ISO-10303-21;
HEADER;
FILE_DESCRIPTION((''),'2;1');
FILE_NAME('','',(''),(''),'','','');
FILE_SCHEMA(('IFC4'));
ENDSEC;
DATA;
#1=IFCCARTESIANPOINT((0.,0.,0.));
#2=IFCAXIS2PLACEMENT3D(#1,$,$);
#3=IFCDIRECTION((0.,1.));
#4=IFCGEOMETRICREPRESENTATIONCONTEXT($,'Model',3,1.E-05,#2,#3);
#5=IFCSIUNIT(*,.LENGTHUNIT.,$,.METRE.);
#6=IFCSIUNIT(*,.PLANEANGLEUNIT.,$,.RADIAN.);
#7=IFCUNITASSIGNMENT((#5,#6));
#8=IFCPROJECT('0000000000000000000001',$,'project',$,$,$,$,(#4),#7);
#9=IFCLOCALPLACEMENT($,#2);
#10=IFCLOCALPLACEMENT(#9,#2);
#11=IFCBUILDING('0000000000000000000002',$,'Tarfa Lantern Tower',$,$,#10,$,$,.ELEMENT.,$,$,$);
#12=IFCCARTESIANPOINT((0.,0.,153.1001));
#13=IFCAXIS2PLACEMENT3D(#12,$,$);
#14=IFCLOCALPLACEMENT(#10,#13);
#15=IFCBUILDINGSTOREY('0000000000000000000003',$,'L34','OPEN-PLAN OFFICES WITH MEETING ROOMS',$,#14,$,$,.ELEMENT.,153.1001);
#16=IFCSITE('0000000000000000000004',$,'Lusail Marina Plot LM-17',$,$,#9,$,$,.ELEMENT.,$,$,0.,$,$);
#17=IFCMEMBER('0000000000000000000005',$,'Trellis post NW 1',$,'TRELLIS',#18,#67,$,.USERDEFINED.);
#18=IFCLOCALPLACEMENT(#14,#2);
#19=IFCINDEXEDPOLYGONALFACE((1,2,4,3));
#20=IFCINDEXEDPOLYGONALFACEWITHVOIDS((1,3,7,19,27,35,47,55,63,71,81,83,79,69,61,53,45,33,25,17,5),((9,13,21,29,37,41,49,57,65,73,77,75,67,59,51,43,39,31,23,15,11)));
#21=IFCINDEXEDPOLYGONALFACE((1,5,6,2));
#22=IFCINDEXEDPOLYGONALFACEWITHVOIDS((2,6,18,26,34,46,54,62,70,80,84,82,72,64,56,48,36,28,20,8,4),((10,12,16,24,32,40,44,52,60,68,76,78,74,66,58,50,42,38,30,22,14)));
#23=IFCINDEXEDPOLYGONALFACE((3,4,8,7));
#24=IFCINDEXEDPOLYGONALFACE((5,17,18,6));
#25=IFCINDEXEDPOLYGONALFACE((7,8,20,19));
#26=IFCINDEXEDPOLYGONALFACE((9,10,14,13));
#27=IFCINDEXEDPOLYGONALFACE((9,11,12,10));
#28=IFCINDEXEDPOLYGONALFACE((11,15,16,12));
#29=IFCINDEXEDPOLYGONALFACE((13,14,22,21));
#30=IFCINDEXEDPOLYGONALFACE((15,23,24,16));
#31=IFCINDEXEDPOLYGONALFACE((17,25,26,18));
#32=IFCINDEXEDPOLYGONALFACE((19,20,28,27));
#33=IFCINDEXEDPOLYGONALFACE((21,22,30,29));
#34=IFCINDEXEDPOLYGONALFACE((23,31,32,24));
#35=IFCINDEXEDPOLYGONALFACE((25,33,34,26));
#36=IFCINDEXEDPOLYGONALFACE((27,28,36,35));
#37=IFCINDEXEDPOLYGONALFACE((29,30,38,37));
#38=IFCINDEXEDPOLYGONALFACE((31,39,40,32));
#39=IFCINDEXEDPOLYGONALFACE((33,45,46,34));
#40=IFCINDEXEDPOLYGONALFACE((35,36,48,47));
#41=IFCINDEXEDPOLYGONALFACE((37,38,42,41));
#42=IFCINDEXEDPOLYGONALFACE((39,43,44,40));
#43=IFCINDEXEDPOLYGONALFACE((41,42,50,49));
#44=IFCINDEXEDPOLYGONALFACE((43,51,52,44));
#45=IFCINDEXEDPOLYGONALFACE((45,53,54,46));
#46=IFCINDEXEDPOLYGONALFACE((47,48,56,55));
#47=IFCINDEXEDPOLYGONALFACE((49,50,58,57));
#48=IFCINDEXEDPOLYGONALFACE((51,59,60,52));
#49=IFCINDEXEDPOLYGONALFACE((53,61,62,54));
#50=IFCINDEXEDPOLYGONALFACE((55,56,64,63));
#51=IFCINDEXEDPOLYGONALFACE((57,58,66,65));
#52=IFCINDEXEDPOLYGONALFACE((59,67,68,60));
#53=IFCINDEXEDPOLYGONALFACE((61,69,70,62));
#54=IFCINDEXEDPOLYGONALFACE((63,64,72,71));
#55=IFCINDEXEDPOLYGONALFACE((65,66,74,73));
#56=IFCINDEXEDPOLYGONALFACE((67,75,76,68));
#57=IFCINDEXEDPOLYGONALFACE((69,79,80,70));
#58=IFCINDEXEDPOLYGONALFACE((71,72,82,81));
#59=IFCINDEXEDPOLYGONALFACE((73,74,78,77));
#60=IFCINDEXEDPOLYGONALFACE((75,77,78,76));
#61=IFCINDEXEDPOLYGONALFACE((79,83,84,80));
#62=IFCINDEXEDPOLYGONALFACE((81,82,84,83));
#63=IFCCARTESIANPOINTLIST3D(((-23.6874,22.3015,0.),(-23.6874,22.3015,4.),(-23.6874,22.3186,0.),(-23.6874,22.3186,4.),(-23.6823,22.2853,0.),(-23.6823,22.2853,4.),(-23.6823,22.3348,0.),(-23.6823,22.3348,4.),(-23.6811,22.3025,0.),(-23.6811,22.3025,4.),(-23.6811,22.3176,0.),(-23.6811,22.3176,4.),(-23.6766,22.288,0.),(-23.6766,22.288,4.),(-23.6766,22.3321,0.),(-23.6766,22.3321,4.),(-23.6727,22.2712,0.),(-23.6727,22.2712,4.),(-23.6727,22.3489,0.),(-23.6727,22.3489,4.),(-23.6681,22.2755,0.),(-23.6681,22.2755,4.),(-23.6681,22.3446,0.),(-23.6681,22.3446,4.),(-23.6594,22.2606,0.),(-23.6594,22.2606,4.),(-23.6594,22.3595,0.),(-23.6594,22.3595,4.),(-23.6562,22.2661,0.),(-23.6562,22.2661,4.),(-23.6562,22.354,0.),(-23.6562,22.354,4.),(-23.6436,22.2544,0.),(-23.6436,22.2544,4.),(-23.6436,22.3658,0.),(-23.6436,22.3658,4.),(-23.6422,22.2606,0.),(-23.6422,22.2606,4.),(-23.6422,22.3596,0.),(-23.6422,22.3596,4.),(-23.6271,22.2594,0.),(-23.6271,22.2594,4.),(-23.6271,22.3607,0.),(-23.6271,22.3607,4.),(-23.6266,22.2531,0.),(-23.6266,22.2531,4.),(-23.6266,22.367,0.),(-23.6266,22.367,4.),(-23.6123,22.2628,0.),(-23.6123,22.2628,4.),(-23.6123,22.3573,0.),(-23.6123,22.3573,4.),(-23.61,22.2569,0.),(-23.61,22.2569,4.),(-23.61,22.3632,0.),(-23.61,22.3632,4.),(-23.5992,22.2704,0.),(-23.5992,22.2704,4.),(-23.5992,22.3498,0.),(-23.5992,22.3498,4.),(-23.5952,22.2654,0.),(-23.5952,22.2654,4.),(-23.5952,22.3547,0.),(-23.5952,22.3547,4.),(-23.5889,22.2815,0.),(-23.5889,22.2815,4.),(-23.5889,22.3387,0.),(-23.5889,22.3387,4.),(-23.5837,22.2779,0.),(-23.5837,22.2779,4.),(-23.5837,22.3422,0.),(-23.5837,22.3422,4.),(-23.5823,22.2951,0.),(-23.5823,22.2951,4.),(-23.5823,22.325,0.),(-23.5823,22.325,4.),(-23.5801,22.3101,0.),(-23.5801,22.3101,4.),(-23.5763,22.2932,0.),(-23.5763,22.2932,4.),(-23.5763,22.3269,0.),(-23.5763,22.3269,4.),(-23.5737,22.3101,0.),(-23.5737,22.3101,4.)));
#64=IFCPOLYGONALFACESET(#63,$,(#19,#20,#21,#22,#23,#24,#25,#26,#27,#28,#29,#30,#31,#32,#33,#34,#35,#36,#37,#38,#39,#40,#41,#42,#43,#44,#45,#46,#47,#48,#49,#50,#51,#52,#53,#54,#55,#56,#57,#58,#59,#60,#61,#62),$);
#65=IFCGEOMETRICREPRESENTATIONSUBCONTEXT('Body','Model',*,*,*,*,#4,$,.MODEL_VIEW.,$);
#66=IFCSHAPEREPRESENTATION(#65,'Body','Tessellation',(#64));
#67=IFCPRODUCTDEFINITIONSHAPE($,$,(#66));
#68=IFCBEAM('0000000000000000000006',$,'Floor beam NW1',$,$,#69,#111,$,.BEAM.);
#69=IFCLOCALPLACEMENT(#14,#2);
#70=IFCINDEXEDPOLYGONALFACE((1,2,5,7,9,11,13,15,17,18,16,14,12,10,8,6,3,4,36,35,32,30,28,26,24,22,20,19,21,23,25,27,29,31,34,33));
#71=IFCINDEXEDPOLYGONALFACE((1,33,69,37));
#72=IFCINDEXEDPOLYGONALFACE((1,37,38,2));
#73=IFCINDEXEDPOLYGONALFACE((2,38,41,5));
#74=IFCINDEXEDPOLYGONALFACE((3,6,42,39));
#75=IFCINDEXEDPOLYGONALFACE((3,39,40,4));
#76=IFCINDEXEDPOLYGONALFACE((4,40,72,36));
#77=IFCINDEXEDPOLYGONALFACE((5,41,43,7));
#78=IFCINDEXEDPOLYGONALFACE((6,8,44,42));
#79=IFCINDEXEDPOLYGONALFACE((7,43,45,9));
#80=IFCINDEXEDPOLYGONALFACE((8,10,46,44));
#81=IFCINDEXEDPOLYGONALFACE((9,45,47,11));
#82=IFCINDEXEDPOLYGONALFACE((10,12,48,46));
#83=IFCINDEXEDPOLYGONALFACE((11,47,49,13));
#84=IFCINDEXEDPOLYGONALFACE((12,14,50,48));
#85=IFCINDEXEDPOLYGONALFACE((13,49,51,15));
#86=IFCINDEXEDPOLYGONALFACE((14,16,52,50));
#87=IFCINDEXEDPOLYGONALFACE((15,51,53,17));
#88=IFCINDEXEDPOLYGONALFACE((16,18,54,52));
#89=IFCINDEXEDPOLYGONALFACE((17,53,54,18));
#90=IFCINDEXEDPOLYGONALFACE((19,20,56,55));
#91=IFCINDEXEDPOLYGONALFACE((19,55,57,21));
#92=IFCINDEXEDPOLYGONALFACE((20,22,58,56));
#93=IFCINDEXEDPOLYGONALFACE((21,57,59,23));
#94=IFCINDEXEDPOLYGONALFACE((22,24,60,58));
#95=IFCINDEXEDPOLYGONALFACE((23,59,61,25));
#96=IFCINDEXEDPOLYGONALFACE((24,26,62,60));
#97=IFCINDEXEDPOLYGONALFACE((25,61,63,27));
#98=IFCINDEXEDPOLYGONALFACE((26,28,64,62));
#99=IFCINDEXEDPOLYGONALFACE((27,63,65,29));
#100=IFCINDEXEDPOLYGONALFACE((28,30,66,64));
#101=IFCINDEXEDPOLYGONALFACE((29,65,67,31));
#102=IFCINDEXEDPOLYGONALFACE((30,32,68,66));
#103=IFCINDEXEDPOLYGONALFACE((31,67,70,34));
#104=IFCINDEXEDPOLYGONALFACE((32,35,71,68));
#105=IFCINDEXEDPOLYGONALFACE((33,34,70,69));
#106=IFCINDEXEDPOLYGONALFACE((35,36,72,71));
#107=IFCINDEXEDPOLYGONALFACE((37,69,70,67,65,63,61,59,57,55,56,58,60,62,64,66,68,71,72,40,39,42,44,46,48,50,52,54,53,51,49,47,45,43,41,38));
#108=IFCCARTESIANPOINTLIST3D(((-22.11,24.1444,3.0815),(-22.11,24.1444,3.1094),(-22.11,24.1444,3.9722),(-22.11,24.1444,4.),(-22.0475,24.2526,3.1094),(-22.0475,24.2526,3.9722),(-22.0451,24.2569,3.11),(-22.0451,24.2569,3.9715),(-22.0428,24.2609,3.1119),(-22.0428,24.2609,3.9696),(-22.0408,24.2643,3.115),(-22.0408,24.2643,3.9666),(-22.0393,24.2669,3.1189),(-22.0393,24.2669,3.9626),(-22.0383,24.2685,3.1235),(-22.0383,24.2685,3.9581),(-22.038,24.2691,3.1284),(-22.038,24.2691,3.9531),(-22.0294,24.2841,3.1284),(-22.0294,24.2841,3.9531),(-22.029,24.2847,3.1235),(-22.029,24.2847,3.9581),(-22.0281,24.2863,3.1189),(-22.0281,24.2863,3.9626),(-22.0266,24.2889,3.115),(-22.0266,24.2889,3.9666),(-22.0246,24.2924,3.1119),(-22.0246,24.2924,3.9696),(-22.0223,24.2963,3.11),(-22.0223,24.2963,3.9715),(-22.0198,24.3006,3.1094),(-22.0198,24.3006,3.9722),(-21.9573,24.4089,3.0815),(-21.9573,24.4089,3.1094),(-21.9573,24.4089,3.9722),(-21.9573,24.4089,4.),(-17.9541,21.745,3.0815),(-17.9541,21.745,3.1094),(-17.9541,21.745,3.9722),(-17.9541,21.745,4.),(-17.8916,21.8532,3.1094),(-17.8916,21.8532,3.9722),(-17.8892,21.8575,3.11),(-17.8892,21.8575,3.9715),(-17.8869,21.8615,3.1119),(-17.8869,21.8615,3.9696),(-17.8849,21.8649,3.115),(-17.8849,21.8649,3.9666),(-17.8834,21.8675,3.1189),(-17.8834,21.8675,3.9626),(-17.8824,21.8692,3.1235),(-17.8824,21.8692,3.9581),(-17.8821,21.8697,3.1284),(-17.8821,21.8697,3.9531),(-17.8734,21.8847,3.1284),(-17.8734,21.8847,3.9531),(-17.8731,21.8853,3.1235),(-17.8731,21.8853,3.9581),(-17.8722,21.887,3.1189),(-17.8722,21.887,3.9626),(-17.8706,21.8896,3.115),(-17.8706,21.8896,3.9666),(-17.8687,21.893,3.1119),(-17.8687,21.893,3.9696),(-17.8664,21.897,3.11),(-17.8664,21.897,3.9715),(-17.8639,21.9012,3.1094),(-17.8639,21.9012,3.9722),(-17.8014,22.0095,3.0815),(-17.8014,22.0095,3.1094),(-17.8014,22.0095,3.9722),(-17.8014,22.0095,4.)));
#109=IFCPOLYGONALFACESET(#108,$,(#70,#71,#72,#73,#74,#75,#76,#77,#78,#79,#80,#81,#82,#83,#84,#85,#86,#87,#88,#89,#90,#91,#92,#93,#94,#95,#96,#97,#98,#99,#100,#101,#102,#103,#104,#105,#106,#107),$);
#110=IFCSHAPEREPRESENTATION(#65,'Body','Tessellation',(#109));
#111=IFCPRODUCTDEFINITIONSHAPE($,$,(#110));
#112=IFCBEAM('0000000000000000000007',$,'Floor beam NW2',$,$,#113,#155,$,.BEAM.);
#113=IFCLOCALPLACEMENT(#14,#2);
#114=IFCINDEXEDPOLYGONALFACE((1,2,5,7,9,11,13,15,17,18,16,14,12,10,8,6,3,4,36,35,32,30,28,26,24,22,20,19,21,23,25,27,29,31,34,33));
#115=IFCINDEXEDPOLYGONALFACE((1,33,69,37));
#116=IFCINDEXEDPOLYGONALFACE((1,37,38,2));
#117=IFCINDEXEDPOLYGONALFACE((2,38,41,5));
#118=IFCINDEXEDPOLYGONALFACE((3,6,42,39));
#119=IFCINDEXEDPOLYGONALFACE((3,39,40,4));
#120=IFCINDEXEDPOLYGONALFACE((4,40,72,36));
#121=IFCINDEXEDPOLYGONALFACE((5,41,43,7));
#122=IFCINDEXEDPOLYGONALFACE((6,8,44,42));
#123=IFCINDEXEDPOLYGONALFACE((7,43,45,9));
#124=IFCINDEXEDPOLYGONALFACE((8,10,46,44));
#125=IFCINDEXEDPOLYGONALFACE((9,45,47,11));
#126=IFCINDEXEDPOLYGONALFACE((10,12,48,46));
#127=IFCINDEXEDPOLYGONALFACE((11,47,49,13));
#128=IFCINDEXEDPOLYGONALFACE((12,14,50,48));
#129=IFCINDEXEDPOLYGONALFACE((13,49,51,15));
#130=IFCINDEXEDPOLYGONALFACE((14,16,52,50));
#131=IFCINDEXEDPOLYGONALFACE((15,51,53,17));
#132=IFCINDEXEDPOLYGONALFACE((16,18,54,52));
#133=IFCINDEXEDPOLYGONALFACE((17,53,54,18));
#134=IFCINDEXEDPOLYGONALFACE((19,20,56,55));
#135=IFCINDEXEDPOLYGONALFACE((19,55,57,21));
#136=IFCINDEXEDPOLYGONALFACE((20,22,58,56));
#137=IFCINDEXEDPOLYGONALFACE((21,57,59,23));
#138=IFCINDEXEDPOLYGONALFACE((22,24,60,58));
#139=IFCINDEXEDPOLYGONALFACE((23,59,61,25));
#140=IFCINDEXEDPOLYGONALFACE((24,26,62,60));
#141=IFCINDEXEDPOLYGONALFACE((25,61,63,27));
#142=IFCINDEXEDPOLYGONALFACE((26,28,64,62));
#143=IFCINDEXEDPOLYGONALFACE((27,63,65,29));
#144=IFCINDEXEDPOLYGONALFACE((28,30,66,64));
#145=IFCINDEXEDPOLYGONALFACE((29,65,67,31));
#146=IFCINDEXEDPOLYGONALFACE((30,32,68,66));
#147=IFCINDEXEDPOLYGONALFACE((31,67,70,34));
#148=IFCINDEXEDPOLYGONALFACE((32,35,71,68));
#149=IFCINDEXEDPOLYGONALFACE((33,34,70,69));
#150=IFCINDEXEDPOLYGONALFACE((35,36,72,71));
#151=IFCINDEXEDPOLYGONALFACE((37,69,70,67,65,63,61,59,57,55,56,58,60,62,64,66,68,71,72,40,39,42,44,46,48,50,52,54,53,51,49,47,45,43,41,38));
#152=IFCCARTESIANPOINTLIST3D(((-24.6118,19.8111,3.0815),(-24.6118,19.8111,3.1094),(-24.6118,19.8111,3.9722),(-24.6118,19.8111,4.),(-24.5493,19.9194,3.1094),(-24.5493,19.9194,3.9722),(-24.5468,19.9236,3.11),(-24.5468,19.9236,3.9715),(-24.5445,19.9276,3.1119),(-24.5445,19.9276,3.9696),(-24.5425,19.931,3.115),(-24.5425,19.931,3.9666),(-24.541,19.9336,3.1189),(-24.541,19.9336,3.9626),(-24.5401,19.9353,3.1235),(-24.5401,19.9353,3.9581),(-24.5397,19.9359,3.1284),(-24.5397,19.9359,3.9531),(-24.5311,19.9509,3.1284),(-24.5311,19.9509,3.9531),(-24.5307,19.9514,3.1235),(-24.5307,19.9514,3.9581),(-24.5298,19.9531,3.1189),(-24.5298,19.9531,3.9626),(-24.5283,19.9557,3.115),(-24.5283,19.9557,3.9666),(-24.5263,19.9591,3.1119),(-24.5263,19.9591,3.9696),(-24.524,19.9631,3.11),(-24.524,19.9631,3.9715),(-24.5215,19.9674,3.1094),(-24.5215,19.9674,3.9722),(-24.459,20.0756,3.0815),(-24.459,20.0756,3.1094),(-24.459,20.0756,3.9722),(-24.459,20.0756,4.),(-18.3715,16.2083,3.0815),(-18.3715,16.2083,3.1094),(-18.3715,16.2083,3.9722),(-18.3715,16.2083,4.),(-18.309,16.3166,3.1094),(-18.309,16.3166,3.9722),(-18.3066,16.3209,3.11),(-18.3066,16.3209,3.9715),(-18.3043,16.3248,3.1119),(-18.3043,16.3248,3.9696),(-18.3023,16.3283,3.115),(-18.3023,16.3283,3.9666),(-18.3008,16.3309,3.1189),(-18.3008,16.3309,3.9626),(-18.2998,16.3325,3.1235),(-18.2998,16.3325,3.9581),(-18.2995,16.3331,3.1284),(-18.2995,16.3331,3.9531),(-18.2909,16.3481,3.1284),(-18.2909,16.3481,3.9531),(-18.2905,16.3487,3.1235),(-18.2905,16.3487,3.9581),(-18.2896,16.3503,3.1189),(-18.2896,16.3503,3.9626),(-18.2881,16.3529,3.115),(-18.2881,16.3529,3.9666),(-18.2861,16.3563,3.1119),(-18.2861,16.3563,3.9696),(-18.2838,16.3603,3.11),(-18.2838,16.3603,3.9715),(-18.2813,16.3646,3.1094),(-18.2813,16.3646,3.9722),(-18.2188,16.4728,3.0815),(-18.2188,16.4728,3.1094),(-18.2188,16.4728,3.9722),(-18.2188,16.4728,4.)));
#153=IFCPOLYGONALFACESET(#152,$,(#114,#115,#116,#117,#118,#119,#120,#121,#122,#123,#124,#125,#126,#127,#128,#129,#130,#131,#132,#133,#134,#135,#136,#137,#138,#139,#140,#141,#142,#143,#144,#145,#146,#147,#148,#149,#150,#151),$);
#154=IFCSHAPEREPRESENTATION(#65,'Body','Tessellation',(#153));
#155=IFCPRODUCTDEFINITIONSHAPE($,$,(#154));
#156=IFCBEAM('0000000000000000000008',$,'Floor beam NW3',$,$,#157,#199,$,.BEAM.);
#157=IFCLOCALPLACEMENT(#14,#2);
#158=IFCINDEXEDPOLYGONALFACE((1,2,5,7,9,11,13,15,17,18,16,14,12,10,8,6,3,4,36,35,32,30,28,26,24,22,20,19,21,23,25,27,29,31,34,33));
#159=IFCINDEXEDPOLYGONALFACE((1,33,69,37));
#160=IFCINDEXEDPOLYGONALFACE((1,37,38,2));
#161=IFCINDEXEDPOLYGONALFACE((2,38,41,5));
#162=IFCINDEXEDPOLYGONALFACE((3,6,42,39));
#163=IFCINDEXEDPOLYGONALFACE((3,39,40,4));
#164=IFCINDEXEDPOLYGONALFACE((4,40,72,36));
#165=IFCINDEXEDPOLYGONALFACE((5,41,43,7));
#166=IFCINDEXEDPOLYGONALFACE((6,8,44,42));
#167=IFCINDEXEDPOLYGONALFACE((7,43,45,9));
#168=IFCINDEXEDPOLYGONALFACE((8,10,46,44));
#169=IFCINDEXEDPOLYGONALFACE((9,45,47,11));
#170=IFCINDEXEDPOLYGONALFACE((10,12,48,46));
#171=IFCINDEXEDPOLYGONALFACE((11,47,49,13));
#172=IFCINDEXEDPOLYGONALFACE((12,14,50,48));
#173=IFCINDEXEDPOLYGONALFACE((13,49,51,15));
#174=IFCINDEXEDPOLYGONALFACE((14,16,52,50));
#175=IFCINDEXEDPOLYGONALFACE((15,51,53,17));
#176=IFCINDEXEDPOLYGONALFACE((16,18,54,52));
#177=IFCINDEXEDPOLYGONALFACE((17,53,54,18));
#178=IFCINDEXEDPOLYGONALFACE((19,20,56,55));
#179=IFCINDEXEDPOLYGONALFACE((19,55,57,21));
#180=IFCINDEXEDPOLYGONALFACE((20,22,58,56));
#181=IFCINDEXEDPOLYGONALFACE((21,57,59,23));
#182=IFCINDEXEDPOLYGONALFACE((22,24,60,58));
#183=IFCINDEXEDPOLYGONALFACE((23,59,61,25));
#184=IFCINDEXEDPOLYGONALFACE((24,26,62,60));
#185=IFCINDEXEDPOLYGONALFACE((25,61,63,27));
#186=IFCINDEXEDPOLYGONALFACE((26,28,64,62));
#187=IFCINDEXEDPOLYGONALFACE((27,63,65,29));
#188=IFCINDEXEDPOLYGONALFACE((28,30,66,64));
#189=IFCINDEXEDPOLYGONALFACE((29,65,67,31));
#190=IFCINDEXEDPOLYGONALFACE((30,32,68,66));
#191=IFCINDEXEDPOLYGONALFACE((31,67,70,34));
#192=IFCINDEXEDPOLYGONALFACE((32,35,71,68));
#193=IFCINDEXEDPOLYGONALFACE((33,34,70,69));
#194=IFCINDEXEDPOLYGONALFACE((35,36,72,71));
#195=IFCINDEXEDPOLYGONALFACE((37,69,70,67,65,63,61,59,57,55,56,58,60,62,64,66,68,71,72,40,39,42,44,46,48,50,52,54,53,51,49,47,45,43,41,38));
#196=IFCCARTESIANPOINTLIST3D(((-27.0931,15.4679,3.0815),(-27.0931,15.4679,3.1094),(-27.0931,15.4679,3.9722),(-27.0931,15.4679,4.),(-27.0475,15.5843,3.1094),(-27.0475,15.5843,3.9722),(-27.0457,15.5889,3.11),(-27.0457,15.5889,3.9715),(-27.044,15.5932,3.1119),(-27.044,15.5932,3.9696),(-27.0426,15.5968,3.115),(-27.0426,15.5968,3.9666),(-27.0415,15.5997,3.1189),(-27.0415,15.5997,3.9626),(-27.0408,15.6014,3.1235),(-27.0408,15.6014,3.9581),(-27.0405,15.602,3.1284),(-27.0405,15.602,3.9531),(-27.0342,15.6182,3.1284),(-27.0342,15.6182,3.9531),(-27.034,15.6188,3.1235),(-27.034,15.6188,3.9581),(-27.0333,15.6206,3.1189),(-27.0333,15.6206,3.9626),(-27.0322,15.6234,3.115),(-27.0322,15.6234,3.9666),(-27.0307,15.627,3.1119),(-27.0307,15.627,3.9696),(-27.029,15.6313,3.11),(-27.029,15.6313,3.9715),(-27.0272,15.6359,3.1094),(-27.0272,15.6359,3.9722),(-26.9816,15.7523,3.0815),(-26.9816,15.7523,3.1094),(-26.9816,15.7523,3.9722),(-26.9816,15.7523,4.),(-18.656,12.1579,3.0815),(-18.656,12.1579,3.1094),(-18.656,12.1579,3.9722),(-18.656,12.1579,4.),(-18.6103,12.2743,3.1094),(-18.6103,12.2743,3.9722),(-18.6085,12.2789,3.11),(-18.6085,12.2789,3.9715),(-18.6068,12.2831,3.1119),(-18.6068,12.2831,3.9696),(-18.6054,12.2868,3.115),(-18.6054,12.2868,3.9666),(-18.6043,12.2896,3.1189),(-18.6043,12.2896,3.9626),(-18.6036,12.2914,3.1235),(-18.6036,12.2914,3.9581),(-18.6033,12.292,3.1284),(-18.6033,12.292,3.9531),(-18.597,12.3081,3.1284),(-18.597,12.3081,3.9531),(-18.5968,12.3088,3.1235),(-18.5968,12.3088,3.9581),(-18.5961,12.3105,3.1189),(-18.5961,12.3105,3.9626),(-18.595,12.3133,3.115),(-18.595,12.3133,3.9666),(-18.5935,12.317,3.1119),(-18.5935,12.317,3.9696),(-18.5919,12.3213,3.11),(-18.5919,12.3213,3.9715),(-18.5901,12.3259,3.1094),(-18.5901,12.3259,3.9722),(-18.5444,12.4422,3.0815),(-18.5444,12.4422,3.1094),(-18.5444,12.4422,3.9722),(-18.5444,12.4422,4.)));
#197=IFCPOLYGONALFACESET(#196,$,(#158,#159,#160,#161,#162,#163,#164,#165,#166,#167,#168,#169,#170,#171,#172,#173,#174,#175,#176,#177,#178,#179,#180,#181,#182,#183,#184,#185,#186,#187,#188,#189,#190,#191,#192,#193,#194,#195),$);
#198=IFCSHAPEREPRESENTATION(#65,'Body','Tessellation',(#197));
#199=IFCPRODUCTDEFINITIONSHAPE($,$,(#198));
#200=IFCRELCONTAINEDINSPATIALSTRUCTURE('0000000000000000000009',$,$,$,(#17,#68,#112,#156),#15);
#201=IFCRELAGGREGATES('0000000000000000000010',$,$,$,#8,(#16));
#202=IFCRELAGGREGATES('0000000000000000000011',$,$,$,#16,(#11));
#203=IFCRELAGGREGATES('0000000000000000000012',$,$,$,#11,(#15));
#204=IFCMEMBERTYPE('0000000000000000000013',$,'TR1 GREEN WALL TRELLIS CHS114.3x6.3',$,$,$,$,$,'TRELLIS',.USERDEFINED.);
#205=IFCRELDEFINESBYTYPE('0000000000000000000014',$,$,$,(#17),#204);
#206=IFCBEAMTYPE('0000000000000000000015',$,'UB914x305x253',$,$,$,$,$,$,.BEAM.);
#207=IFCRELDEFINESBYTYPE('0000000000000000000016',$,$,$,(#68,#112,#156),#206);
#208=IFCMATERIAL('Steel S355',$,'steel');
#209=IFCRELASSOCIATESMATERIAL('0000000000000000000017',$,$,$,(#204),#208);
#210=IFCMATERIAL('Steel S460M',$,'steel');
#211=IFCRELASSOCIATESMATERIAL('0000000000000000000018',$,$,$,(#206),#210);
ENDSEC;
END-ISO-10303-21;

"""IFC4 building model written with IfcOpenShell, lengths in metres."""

from ifc_helpers import new_model, si_unit, direction, frame, origin, origin_2d, place, context, subcontext, project, spatial, hollow_circle, i_section, extrude, material, material_profile, profile_set, type_object, element, save


model = new_model("IFC4")

# Units and contexts
model_context = context("Model", 3, precision=1e-05, world=origin(), true_north=direction((0.0, 1.0)))
body_context = subcontext(model_context, "Body", "Model", "MODEL_VIEW")
ifc_project = project(units=[si_unit("LENGTHUNIT", "METRE"), si_unit("PLANEANGLEUNIT", "RADIAN")], contexts=[model_context])

# Site, building, storey
site_placement = place(None, origin())
site = spatial("IfcSite", under=ifc_project, at=site_placement, Name="Lusail Marina Plot LM-17", CompositionType="ELEMENT", RefElevation=0.0)
building_placement = place(site_placement, origin())
building = spatial("IfcBuilding", under=site, at=building_placement, Name="Tarfa Lantern Tower", CompositionType="ELEMENT")
storey_placement = place(building_placement, frame((0.0, 0.0, 153.1001)))
storey = spatial("IfcBuildingStorey", under=building, at=storey_placement, Name="L34", Description="OPEN-PLAN OFFICES WITH MEETING ROOMS", CompositionType="ELEMENT", Elevation=153.1001)

# Member
ifc_material_1 = material(Name="Steel S355", Category="steel")
ifc_material_profile_1 = material_profile(ifc_material_1, hollow_circle(Radius=0.0571, WallThickness=0.0063, at=origin_2d()), Name="CHS114.3x6.3")
ifc_profile_set_1 = profile_set([ifc_material_profile_1], Name="Steel S355")
member_type_1 = type_object("IfcMemberType", Name="TR1 GREEN WALL TRELLIS CHS114.3x6.3", ElementType="TRELLIS", PredefinedType="USERDEFINED", material=ifc_profile_set_1)
member_1_placement = place(storey_placement, frame((-23.6309, 22.3101, 0.0), z_axis=(0.0, 0.0, 1.0), x_axis=(1.0, 0.0, 0.0)))
element("IfcMember", 1, at=member_1_placement, inside=storey, type_object=member_type_1, Name="Trellis post NW 1", ObjectType="TRELLIS", PredefinedType="USERDEFINED", context=body_context, shape_type="SweptSolid", body=[
    extrude(hollow_circle(Radius=0.0571, WallThickness=0.0063, at=origin_2d()), origin(), (0.0, 0.0, 1.0), 4.0),
])

# Beams
ifc_material_2 = material(Name="Steel S460M", Category="steel")
ifc_material_profile_2 = material_profile(ifc_material_2, i_section(OverallWidth=0.3054, OverallDepth=0.9185, WebThickness=0.0173, FlangeThickness=0.0278, FilletRadius=0.019, at=origin_2d()), Name="UB914x305x253")
ifc_profile_set_2 = profile_set([ifc_material_profile_2], Name="Steel S460M")
beam_type_1 = type_object("IfcBeamType", Name="UB914x305x253", PredefinedType="BEAM", material=ifc_profile_set_2)
beam_1_placement = place(storey_placement, frame((-22.0337, 24.2766, 3.5408), z_axis=(0.866031, -0.499991, 0.0), x_axis=(0.499991, 0.866031, 0.0)))
element("IfcBeam", 2, at=beam_1_placement, inside=storey, type_object=beam_type_1, Name="Floor beam NW1", PredefinedType="BEAM", context=body_context, shape_type="SweptSolid", body=[
    extrude(i_section(OverallWidth=0.3054, OverallDepth=0.9185, WebThickness=0.0173, FlangeThickness=0.0278, FilletRadius=0.019, at=origin_2d()), origin(), (0.0, 0.0, 1.0), 4.7988),
])
beam_2_placement = place(storey_placement, frame((-24.5354, 19.9434, 3.5408), z_axis=(0.866026, -0.499998, 0.0), x_axis=(0.499998, 0.866026, 0.0)))
element("IfcBeam", 3, at=beam_2_placement, inside=storey, type_object=beam_type_1, Name="Floor beam NW2", PredefinedType="BEAM", context=body_context, shape_type="SweptSolid", body=[
    extrude(i_section(OverallWidth=0.3054, OverallDepth=0.9185, WebThickness=0.0173, FlangeThickness=0.0278, FilletRadius=0.019, at=origin_2d()), origin(), (0.0, 0.0, 1.0), 7.2056),
])
beam_3_placement = place(storey_placement, frame((-27.0374, 15.6101, 3.5408), z_axis=(0.930923, -0.365215, 0.0), x_axis=(0.365215, 0.930923, 0.0)))
element("IfcBeam", 4, at=beam_3_placement, inside=storey, type_object=beam_type_1, Name="Floor beam NW3", PredefinedType="BEAM", context=body_context, shape_type="SweptSolid", body=[
    extrude(i_section(OverallWidth=0.3054, OverallDepth=0.9185, WebThickness=0.0173, FlangeThickness=0.0278, FilletRadius=0.019, at=origin_2d()), origin(), (0.0, 0.0, 1.0), 9.0632),
])

save(model, "model.ifc")
